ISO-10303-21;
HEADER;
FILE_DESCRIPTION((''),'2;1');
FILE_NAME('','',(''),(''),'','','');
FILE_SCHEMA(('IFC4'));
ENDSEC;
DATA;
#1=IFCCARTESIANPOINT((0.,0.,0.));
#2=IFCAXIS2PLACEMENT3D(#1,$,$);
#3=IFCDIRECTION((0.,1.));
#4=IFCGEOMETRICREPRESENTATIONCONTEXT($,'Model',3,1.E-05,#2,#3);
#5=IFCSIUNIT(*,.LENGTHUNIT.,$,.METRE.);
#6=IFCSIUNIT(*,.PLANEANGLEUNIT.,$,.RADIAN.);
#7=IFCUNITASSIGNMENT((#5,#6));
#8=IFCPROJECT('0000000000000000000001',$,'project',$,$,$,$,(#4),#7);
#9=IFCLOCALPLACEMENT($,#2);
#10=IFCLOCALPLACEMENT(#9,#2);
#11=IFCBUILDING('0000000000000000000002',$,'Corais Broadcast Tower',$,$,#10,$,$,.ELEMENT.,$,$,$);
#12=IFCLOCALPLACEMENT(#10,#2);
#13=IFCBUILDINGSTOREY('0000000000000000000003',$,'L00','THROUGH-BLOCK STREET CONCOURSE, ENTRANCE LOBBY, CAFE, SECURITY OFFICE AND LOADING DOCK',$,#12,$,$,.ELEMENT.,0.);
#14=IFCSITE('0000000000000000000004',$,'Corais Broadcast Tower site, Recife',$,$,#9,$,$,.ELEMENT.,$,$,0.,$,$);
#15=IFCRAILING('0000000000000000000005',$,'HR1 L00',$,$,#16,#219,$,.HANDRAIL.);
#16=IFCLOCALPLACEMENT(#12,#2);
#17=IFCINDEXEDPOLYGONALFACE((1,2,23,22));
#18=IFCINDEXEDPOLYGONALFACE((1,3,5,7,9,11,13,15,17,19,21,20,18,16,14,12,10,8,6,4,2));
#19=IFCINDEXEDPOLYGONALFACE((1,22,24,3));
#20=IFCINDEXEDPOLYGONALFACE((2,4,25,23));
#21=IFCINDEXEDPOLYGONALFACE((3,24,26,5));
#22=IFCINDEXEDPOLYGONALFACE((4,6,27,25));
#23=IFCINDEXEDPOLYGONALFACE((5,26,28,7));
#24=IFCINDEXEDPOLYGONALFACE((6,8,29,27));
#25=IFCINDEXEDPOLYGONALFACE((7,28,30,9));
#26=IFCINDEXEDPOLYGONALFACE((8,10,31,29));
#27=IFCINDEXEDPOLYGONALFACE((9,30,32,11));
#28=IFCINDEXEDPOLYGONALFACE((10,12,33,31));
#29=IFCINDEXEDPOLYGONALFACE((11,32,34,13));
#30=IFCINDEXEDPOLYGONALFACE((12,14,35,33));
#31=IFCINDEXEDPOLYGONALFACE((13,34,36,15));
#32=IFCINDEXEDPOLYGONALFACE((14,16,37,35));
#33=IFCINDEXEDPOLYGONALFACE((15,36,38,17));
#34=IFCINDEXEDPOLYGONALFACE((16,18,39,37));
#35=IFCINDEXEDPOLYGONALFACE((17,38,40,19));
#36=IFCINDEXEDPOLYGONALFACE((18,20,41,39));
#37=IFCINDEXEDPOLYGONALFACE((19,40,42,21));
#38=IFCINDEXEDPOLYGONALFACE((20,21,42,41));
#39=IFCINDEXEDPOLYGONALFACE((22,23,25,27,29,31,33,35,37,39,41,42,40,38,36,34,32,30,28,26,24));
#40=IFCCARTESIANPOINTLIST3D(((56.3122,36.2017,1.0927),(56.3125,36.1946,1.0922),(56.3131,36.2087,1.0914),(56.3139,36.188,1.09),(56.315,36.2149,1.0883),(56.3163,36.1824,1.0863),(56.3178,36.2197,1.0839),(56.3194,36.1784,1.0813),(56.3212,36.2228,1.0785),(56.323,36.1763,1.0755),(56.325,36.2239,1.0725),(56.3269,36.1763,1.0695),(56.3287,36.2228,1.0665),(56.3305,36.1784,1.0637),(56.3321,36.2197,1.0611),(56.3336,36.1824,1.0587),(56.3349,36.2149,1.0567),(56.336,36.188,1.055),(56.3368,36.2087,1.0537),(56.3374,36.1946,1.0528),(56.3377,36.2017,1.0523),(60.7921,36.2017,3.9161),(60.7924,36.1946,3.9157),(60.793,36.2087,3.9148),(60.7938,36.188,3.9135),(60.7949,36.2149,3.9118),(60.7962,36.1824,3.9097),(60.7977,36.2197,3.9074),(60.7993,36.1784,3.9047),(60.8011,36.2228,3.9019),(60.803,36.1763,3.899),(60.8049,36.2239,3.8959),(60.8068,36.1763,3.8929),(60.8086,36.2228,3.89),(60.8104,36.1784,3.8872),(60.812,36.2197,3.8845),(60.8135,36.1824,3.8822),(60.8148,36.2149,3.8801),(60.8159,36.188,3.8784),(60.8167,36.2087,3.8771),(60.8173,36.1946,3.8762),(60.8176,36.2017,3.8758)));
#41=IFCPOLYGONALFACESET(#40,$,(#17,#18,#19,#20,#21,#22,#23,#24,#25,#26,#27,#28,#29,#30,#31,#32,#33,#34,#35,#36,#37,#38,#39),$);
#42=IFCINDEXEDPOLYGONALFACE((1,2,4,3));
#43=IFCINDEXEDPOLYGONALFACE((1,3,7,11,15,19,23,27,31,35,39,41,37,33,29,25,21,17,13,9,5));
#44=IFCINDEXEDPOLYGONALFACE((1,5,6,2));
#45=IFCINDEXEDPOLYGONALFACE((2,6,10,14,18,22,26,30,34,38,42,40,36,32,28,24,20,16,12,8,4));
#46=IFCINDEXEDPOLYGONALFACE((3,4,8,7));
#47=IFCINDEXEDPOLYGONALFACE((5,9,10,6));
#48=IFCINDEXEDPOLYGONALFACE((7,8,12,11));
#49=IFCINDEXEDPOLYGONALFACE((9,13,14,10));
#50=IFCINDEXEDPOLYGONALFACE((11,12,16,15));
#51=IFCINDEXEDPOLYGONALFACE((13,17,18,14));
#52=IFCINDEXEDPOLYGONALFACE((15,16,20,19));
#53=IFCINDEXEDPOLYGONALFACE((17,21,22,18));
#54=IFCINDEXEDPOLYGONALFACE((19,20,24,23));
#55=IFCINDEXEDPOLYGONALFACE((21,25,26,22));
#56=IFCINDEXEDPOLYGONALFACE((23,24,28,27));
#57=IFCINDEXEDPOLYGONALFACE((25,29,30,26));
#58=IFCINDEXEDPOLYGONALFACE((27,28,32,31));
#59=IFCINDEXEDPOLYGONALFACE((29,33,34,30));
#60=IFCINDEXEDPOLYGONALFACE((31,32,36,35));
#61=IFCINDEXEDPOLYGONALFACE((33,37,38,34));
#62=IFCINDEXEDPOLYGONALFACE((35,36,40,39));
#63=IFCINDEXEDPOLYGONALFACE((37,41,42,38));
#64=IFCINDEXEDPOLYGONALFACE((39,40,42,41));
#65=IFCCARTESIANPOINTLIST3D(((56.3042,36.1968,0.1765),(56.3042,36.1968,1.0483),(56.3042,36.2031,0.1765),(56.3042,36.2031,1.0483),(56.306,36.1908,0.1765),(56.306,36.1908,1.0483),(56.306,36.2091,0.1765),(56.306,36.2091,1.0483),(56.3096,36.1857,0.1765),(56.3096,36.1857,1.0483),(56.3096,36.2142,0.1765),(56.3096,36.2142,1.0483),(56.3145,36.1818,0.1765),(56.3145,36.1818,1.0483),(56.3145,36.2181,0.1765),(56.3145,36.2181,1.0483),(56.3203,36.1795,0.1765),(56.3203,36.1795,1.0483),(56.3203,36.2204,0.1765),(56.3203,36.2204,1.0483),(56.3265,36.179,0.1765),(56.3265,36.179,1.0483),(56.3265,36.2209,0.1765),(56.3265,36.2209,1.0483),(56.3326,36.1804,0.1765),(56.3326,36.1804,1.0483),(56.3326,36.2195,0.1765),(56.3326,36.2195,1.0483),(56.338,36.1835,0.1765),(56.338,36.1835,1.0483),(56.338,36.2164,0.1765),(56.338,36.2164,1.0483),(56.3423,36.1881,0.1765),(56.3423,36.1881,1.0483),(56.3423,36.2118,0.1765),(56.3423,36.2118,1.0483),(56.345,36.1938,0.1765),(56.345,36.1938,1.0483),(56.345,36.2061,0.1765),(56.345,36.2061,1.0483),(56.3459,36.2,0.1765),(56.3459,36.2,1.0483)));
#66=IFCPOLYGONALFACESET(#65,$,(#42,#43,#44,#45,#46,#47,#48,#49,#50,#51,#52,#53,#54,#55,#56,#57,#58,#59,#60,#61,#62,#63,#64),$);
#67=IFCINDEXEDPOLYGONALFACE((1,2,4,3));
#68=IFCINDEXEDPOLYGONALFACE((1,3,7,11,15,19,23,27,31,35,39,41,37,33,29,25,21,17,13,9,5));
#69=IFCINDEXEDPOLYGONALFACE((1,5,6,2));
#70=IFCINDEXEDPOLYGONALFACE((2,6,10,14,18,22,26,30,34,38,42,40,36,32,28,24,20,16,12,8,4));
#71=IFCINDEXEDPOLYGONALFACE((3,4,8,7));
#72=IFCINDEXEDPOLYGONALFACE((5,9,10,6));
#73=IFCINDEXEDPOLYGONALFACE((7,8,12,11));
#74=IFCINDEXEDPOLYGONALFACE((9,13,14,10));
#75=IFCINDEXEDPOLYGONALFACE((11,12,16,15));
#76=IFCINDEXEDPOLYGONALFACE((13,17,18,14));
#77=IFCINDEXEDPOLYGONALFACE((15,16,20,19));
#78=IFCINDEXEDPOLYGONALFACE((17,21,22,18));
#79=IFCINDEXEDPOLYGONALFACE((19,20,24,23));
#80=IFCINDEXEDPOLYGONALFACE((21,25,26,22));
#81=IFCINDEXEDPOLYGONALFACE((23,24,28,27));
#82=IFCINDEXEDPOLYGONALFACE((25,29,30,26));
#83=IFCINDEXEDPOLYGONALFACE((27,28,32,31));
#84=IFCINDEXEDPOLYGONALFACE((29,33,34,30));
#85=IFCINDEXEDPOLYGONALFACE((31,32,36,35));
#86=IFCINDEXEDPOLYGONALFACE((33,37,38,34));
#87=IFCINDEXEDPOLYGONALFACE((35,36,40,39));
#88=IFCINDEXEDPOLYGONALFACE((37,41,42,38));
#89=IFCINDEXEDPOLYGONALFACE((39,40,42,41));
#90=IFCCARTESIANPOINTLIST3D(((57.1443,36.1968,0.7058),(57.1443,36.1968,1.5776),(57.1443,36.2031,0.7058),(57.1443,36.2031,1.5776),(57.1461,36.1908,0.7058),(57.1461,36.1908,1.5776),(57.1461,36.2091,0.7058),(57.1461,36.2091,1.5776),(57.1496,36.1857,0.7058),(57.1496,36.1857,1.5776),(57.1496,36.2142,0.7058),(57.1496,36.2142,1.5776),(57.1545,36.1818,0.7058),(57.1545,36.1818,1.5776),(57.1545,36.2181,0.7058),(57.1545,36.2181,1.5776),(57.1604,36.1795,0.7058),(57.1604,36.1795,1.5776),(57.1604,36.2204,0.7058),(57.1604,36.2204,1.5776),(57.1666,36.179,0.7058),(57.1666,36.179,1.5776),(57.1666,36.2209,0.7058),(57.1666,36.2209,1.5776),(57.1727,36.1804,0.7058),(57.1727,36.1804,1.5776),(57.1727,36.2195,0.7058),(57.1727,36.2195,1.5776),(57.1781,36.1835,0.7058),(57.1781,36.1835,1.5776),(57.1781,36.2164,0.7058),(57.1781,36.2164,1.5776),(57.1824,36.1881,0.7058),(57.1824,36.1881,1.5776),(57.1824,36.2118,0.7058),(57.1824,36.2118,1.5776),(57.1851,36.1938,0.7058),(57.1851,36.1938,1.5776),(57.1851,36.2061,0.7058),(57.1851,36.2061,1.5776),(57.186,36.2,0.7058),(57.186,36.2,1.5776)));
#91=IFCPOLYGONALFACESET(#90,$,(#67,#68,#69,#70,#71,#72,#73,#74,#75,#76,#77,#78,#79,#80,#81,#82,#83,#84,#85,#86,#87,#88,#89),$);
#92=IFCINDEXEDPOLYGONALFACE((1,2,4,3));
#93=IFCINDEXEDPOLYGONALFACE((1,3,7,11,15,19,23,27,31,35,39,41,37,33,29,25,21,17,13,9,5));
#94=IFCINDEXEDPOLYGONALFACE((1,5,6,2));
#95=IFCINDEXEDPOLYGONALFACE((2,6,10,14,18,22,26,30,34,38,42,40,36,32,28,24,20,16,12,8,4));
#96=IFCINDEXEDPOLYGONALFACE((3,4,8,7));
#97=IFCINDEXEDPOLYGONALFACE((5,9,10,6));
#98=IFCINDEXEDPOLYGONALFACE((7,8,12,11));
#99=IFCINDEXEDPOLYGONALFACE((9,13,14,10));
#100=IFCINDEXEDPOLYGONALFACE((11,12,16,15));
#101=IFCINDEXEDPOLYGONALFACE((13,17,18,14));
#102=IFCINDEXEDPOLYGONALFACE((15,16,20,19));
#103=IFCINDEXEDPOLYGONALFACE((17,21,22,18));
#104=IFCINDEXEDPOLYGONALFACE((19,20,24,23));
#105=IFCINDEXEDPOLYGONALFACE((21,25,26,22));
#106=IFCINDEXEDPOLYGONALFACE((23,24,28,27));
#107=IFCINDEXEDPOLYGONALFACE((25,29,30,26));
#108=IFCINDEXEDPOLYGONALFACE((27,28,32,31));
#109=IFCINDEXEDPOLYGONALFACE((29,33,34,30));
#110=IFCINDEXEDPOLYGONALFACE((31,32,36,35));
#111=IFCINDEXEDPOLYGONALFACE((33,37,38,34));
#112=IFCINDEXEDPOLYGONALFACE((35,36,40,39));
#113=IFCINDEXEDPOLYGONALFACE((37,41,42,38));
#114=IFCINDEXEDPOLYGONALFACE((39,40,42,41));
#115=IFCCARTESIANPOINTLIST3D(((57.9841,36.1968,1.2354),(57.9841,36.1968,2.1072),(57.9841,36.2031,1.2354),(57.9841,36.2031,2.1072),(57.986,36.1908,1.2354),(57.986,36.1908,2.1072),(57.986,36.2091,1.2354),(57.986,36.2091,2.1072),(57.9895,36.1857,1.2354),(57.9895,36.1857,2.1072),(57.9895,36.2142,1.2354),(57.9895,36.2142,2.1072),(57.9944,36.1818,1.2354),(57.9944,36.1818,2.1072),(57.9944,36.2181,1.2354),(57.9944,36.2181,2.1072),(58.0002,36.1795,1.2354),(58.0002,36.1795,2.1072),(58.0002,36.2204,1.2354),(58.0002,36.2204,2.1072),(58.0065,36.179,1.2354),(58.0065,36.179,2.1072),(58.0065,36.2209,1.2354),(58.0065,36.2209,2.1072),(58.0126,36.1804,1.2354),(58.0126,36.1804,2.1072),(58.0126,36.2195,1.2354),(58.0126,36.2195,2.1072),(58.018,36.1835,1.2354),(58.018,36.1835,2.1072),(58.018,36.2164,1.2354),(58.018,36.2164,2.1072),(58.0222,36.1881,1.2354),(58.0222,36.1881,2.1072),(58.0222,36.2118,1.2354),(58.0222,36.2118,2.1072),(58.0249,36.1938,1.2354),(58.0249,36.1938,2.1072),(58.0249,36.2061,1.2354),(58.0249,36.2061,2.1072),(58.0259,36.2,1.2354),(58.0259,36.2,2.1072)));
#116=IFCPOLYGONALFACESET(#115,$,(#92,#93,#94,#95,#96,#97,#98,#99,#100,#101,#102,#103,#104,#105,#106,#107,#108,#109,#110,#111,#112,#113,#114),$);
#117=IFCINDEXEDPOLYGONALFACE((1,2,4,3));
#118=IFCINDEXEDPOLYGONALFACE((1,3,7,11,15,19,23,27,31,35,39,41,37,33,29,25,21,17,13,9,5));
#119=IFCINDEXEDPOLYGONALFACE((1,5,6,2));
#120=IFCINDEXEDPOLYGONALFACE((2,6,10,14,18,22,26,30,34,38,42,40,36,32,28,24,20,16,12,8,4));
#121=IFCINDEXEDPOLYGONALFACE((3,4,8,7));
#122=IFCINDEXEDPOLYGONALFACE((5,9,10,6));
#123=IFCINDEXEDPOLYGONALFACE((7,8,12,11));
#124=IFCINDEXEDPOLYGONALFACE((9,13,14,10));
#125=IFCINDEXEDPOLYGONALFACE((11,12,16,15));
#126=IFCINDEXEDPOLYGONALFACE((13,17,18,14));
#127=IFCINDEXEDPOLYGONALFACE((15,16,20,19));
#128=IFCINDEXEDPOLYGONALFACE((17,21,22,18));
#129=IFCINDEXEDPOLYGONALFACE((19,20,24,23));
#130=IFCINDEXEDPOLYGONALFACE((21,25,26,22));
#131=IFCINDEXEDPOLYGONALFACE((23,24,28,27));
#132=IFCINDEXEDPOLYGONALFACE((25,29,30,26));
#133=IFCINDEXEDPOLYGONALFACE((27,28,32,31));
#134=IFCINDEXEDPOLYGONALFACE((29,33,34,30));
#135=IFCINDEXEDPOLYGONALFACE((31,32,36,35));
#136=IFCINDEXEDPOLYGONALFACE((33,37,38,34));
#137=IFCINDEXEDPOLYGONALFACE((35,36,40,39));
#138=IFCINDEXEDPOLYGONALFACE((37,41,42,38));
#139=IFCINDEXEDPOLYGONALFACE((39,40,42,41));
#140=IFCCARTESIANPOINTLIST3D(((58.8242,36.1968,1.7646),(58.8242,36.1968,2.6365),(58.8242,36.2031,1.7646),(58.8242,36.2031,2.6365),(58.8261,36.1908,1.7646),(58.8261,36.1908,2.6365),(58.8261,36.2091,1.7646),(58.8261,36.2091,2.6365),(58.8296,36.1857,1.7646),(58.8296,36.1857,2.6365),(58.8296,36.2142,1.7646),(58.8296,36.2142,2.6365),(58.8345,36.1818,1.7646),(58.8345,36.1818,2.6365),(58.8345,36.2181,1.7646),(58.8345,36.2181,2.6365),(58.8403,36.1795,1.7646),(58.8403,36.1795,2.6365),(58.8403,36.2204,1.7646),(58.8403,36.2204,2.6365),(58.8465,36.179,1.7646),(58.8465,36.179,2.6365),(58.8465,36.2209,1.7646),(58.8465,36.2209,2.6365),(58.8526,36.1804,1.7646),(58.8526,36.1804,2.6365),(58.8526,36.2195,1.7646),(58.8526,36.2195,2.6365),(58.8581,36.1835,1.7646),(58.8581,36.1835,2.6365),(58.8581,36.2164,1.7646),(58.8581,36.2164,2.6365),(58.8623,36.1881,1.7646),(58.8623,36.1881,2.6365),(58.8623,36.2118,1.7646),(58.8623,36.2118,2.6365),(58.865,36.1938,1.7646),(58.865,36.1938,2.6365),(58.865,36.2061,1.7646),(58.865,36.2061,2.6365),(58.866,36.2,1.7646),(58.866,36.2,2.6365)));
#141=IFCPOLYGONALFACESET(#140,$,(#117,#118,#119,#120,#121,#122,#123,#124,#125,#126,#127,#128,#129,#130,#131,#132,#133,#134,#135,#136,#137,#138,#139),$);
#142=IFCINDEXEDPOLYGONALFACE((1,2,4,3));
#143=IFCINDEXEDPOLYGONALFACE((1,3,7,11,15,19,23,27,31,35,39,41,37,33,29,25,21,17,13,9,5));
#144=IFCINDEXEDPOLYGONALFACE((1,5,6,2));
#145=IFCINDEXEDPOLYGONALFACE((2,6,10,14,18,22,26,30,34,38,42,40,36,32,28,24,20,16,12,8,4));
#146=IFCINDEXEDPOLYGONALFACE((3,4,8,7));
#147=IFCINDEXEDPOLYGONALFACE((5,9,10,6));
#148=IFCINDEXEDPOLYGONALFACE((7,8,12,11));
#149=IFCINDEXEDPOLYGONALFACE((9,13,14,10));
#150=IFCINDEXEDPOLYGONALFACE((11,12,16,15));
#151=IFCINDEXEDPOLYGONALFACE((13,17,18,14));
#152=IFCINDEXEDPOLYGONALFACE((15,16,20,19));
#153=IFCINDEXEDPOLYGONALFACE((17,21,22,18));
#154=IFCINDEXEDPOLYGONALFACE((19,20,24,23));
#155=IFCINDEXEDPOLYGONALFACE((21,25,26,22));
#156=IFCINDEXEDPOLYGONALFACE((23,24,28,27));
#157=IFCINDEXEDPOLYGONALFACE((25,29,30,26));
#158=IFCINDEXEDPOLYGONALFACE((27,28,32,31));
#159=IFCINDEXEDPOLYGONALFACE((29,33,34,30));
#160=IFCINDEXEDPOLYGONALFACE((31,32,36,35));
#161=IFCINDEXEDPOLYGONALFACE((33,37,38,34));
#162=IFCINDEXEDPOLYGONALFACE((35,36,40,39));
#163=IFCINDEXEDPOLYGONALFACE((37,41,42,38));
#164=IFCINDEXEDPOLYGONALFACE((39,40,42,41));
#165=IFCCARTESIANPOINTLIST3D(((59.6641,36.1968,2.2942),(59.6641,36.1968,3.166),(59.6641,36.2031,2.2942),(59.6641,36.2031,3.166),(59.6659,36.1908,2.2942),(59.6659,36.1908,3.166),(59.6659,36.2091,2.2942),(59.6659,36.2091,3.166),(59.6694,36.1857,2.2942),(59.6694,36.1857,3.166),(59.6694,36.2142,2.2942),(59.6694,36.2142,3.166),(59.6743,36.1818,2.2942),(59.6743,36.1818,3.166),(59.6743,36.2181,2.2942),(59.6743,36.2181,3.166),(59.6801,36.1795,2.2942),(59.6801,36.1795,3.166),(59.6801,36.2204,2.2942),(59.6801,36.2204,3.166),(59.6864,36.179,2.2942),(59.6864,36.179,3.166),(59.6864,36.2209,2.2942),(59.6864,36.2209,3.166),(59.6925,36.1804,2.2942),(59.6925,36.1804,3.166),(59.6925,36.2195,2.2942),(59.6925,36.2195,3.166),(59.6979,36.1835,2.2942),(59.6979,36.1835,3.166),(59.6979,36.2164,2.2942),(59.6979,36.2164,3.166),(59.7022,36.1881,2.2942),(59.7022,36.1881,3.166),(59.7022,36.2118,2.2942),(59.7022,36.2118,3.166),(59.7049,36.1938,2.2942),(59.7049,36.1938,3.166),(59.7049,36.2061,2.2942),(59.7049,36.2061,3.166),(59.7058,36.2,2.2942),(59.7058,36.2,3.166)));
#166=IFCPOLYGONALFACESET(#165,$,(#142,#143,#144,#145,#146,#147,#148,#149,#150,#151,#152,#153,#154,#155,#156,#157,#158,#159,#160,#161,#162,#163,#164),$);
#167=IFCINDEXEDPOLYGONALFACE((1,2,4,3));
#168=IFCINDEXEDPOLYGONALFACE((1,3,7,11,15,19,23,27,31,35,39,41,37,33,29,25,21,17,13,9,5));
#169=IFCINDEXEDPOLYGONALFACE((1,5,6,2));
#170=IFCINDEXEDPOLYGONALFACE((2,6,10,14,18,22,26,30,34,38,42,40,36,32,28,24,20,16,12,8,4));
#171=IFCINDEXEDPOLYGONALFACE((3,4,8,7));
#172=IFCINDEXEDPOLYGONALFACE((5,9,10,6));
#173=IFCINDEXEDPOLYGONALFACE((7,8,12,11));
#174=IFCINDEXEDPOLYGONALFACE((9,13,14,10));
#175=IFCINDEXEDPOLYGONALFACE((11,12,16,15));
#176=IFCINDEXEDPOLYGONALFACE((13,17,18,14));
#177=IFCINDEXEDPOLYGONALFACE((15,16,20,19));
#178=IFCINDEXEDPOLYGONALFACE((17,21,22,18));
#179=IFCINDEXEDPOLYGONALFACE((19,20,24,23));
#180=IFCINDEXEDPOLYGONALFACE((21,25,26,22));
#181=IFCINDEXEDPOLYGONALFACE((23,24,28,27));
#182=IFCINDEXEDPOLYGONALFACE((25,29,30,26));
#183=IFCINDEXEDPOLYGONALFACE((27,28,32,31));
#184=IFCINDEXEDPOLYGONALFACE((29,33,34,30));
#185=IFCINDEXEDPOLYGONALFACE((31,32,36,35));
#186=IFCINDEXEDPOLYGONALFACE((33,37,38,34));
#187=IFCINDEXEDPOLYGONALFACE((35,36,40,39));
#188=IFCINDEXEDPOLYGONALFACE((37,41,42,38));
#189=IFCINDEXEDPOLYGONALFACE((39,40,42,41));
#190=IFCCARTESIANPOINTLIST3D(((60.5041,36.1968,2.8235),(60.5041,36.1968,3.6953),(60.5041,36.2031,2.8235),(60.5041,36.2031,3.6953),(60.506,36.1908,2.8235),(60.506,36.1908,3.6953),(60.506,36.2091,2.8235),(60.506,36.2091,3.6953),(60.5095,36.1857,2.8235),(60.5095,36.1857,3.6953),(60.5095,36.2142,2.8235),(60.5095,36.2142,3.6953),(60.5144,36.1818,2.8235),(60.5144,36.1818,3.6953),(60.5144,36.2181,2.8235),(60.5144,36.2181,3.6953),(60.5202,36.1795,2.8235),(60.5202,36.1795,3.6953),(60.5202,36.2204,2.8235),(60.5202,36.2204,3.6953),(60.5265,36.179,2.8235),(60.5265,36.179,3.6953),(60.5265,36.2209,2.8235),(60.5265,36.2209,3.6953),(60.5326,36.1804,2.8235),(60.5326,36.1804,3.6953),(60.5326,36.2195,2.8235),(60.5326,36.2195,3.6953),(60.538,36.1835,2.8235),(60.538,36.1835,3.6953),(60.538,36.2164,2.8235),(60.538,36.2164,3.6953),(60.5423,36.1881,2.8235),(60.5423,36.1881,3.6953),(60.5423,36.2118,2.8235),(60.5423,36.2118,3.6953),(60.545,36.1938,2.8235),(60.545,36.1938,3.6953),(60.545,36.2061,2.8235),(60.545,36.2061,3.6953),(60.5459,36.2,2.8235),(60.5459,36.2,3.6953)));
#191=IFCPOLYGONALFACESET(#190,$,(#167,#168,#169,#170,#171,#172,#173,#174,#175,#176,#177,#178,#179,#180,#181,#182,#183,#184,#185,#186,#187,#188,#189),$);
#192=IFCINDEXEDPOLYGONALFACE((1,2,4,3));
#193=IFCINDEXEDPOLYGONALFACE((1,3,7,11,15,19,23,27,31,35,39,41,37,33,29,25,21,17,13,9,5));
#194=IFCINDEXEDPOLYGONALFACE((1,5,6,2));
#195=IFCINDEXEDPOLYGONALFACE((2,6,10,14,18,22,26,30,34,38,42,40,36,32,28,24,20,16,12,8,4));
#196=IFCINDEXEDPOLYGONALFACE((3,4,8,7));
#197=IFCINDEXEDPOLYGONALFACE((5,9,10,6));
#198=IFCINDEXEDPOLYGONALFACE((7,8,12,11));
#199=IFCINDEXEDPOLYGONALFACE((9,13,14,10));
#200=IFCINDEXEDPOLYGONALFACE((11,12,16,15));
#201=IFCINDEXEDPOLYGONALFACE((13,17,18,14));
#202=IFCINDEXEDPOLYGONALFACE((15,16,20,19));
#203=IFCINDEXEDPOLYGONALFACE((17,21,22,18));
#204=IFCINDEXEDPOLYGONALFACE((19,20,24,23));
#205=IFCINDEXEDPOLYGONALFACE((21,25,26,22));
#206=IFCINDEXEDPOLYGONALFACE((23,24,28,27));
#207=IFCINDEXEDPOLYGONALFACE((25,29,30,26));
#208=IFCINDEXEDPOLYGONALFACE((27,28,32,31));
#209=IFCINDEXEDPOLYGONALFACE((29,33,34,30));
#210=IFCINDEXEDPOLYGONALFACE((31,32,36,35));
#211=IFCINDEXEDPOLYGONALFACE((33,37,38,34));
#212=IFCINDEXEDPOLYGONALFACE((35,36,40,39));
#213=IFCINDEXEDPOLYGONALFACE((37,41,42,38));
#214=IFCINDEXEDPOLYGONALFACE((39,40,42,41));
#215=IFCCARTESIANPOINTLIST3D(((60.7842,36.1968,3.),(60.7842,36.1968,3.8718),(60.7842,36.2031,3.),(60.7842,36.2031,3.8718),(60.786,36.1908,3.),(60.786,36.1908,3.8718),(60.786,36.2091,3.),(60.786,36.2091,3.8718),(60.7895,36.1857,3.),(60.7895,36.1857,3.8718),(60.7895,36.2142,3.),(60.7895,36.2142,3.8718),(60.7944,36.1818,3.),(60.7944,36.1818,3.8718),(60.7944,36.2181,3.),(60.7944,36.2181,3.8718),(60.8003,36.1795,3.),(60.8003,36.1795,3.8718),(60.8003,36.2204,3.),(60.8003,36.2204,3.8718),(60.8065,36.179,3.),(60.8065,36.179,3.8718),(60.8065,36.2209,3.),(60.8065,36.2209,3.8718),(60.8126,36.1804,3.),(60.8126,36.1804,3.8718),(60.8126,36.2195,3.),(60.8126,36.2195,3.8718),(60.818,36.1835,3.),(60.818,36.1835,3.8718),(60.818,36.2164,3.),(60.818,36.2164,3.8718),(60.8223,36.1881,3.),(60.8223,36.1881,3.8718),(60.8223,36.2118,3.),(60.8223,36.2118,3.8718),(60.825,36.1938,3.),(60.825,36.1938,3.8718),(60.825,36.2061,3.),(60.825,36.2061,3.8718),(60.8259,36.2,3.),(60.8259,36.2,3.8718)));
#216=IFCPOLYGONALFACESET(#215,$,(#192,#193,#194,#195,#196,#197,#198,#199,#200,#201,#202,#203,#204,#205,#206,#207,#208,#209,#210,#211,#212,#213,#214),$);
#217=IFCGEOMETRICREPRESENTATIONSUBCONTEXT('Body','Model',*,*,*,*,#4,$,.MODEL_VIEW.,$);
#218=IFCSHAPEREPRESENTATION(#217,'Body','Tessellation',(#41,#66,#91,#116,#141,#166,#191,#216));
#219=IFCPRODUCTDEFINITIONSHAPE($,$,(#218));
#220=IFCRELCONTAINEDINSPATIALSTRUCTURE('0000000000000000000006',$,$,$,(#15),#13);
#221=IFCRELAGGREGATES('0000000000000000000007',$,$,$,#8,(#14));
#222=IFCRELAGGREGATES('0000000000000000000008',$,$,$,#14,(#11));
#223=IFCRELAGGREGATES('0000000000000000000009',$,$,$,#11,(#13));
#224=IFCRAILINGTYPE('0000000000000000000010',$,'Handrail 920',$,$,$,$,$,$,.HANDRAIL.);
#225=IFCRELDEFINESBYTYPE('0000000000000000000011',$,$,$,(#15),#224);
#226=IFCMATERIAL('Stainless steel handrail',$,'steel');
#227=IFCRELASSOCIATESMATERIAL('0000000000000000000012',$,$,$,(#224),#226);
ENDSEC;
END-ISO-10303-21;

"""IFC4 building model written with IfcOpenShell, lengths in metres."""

from ifc_helpers import new_model, si_unit, direction, frame, origin, origin_2d, place, context, subcontext, project, spatial, circle, extrude, material, type_object, element, save


model = new_model("IFC4")

# Units and contexts
model_context = context("Model", 3, precision=1e-05, world=origin(), true_north=direction((0.0, 1.0)))
body_context = subcontext(model_context, "Body", "Model", "MODEL_VIEW")
ifc_project = project(units=[si_unit("LENGTHUNIT", "METRE"), si_unit("PLANEANGLEUNIT", "RADIAN")], contexts=[model_context])

# Site, building, storey
site_placement = place(None, origin())
site = spatial("IfcSite", under=ifc_project, at=site_placement, Name="Corais Broadcast Tower site, Recife", CompositionType="ELEMENT", RefElevation=0.0)
building_placement = place(site_placement, origin())
building = spatial("IfcBuilding", under=site, at=building_placement, Name="Corais Broadcast Tower", CompositionType="ELEMENT")
storey_placement = place(building_placement, origin())
storey = spatial("IfcBuildingStorey", under=building, at=storey_placement, Name="L00", Description="THROUGH-BLOCK STREET CONCOURSE, ENTRANCE LOBBY, CAFE, SECURITY OFFICE AND LOADING DOCK", CompositionType="ELEMENT", Elevation=0.0)

# Railing
ifc_material_1 = material(Name="Stainless steel handrail", Category="steel")
railing_type = type_object("IfcRailingType", Name="Handrail 920", PredefinedType="HANDRAIL", material=ifc_material_1)
for number, where, name in (
    (1, (56.325, 36.2, 0.1765), "HR1 L00"),
):
    element("IfcRailing", number, at=place(storey_placement, frame(where)), inside=storey, type_object=railing_type, Name=name, PredefinedType="HANDRAIL", context=body_context, shape_type="SweptSolid", body=[
        extrude(circle(Radius=0.0239, at=origin_2d()), frame((0.0, 0.0, 0.896), z_axis=(0.845998, 0.0, 0.533186), x_axis=(0.0, 1.0, 0.0)), (0.0, 0.0, 1.0), 5.2954),
        extrude(circle(Radius=0.021, at=origin_2d()), origin(), (0.0, 0.0, 1.0), 0.8718),
        extrude(circle(Radius=0.021, at=origin_2d()), frame((0.8401, 0.0, 0.5293)), (0.0, 0.0, 1.0), 0.8718),
        extrude(circle(Radius=0.021, at=origin_2d()), frame((1.6799, 0.0, 1.0588)), (0.0, 0.0, 1.0), 0.8718),
        extrude(circle(Radius=0.021, at=origin_2d()), frame((2.52, 0.0, 1.5881)), (0.0, 0.0, 1.0), 0.8718),
        extrude(circle(Radius=0.021, at=origin_2d()), frame((3.3599, 0.0, 2.1177)), (0.0, 0.0, 1.0), 0.8718),
        extrude(circle(Radius=0.021, at=origin_2d()), frame((4.2, 0.0, 2.647)), (0.0, 0.0, 1.0), 0.8718),
        extrude(circle(Radius=0.021, at=origin_2d()), frame((4.48, 0.0, 2.8235)), (0.0, 0.0, 1.0), 0.8718),
    ])

save(model, "model.ifc")
